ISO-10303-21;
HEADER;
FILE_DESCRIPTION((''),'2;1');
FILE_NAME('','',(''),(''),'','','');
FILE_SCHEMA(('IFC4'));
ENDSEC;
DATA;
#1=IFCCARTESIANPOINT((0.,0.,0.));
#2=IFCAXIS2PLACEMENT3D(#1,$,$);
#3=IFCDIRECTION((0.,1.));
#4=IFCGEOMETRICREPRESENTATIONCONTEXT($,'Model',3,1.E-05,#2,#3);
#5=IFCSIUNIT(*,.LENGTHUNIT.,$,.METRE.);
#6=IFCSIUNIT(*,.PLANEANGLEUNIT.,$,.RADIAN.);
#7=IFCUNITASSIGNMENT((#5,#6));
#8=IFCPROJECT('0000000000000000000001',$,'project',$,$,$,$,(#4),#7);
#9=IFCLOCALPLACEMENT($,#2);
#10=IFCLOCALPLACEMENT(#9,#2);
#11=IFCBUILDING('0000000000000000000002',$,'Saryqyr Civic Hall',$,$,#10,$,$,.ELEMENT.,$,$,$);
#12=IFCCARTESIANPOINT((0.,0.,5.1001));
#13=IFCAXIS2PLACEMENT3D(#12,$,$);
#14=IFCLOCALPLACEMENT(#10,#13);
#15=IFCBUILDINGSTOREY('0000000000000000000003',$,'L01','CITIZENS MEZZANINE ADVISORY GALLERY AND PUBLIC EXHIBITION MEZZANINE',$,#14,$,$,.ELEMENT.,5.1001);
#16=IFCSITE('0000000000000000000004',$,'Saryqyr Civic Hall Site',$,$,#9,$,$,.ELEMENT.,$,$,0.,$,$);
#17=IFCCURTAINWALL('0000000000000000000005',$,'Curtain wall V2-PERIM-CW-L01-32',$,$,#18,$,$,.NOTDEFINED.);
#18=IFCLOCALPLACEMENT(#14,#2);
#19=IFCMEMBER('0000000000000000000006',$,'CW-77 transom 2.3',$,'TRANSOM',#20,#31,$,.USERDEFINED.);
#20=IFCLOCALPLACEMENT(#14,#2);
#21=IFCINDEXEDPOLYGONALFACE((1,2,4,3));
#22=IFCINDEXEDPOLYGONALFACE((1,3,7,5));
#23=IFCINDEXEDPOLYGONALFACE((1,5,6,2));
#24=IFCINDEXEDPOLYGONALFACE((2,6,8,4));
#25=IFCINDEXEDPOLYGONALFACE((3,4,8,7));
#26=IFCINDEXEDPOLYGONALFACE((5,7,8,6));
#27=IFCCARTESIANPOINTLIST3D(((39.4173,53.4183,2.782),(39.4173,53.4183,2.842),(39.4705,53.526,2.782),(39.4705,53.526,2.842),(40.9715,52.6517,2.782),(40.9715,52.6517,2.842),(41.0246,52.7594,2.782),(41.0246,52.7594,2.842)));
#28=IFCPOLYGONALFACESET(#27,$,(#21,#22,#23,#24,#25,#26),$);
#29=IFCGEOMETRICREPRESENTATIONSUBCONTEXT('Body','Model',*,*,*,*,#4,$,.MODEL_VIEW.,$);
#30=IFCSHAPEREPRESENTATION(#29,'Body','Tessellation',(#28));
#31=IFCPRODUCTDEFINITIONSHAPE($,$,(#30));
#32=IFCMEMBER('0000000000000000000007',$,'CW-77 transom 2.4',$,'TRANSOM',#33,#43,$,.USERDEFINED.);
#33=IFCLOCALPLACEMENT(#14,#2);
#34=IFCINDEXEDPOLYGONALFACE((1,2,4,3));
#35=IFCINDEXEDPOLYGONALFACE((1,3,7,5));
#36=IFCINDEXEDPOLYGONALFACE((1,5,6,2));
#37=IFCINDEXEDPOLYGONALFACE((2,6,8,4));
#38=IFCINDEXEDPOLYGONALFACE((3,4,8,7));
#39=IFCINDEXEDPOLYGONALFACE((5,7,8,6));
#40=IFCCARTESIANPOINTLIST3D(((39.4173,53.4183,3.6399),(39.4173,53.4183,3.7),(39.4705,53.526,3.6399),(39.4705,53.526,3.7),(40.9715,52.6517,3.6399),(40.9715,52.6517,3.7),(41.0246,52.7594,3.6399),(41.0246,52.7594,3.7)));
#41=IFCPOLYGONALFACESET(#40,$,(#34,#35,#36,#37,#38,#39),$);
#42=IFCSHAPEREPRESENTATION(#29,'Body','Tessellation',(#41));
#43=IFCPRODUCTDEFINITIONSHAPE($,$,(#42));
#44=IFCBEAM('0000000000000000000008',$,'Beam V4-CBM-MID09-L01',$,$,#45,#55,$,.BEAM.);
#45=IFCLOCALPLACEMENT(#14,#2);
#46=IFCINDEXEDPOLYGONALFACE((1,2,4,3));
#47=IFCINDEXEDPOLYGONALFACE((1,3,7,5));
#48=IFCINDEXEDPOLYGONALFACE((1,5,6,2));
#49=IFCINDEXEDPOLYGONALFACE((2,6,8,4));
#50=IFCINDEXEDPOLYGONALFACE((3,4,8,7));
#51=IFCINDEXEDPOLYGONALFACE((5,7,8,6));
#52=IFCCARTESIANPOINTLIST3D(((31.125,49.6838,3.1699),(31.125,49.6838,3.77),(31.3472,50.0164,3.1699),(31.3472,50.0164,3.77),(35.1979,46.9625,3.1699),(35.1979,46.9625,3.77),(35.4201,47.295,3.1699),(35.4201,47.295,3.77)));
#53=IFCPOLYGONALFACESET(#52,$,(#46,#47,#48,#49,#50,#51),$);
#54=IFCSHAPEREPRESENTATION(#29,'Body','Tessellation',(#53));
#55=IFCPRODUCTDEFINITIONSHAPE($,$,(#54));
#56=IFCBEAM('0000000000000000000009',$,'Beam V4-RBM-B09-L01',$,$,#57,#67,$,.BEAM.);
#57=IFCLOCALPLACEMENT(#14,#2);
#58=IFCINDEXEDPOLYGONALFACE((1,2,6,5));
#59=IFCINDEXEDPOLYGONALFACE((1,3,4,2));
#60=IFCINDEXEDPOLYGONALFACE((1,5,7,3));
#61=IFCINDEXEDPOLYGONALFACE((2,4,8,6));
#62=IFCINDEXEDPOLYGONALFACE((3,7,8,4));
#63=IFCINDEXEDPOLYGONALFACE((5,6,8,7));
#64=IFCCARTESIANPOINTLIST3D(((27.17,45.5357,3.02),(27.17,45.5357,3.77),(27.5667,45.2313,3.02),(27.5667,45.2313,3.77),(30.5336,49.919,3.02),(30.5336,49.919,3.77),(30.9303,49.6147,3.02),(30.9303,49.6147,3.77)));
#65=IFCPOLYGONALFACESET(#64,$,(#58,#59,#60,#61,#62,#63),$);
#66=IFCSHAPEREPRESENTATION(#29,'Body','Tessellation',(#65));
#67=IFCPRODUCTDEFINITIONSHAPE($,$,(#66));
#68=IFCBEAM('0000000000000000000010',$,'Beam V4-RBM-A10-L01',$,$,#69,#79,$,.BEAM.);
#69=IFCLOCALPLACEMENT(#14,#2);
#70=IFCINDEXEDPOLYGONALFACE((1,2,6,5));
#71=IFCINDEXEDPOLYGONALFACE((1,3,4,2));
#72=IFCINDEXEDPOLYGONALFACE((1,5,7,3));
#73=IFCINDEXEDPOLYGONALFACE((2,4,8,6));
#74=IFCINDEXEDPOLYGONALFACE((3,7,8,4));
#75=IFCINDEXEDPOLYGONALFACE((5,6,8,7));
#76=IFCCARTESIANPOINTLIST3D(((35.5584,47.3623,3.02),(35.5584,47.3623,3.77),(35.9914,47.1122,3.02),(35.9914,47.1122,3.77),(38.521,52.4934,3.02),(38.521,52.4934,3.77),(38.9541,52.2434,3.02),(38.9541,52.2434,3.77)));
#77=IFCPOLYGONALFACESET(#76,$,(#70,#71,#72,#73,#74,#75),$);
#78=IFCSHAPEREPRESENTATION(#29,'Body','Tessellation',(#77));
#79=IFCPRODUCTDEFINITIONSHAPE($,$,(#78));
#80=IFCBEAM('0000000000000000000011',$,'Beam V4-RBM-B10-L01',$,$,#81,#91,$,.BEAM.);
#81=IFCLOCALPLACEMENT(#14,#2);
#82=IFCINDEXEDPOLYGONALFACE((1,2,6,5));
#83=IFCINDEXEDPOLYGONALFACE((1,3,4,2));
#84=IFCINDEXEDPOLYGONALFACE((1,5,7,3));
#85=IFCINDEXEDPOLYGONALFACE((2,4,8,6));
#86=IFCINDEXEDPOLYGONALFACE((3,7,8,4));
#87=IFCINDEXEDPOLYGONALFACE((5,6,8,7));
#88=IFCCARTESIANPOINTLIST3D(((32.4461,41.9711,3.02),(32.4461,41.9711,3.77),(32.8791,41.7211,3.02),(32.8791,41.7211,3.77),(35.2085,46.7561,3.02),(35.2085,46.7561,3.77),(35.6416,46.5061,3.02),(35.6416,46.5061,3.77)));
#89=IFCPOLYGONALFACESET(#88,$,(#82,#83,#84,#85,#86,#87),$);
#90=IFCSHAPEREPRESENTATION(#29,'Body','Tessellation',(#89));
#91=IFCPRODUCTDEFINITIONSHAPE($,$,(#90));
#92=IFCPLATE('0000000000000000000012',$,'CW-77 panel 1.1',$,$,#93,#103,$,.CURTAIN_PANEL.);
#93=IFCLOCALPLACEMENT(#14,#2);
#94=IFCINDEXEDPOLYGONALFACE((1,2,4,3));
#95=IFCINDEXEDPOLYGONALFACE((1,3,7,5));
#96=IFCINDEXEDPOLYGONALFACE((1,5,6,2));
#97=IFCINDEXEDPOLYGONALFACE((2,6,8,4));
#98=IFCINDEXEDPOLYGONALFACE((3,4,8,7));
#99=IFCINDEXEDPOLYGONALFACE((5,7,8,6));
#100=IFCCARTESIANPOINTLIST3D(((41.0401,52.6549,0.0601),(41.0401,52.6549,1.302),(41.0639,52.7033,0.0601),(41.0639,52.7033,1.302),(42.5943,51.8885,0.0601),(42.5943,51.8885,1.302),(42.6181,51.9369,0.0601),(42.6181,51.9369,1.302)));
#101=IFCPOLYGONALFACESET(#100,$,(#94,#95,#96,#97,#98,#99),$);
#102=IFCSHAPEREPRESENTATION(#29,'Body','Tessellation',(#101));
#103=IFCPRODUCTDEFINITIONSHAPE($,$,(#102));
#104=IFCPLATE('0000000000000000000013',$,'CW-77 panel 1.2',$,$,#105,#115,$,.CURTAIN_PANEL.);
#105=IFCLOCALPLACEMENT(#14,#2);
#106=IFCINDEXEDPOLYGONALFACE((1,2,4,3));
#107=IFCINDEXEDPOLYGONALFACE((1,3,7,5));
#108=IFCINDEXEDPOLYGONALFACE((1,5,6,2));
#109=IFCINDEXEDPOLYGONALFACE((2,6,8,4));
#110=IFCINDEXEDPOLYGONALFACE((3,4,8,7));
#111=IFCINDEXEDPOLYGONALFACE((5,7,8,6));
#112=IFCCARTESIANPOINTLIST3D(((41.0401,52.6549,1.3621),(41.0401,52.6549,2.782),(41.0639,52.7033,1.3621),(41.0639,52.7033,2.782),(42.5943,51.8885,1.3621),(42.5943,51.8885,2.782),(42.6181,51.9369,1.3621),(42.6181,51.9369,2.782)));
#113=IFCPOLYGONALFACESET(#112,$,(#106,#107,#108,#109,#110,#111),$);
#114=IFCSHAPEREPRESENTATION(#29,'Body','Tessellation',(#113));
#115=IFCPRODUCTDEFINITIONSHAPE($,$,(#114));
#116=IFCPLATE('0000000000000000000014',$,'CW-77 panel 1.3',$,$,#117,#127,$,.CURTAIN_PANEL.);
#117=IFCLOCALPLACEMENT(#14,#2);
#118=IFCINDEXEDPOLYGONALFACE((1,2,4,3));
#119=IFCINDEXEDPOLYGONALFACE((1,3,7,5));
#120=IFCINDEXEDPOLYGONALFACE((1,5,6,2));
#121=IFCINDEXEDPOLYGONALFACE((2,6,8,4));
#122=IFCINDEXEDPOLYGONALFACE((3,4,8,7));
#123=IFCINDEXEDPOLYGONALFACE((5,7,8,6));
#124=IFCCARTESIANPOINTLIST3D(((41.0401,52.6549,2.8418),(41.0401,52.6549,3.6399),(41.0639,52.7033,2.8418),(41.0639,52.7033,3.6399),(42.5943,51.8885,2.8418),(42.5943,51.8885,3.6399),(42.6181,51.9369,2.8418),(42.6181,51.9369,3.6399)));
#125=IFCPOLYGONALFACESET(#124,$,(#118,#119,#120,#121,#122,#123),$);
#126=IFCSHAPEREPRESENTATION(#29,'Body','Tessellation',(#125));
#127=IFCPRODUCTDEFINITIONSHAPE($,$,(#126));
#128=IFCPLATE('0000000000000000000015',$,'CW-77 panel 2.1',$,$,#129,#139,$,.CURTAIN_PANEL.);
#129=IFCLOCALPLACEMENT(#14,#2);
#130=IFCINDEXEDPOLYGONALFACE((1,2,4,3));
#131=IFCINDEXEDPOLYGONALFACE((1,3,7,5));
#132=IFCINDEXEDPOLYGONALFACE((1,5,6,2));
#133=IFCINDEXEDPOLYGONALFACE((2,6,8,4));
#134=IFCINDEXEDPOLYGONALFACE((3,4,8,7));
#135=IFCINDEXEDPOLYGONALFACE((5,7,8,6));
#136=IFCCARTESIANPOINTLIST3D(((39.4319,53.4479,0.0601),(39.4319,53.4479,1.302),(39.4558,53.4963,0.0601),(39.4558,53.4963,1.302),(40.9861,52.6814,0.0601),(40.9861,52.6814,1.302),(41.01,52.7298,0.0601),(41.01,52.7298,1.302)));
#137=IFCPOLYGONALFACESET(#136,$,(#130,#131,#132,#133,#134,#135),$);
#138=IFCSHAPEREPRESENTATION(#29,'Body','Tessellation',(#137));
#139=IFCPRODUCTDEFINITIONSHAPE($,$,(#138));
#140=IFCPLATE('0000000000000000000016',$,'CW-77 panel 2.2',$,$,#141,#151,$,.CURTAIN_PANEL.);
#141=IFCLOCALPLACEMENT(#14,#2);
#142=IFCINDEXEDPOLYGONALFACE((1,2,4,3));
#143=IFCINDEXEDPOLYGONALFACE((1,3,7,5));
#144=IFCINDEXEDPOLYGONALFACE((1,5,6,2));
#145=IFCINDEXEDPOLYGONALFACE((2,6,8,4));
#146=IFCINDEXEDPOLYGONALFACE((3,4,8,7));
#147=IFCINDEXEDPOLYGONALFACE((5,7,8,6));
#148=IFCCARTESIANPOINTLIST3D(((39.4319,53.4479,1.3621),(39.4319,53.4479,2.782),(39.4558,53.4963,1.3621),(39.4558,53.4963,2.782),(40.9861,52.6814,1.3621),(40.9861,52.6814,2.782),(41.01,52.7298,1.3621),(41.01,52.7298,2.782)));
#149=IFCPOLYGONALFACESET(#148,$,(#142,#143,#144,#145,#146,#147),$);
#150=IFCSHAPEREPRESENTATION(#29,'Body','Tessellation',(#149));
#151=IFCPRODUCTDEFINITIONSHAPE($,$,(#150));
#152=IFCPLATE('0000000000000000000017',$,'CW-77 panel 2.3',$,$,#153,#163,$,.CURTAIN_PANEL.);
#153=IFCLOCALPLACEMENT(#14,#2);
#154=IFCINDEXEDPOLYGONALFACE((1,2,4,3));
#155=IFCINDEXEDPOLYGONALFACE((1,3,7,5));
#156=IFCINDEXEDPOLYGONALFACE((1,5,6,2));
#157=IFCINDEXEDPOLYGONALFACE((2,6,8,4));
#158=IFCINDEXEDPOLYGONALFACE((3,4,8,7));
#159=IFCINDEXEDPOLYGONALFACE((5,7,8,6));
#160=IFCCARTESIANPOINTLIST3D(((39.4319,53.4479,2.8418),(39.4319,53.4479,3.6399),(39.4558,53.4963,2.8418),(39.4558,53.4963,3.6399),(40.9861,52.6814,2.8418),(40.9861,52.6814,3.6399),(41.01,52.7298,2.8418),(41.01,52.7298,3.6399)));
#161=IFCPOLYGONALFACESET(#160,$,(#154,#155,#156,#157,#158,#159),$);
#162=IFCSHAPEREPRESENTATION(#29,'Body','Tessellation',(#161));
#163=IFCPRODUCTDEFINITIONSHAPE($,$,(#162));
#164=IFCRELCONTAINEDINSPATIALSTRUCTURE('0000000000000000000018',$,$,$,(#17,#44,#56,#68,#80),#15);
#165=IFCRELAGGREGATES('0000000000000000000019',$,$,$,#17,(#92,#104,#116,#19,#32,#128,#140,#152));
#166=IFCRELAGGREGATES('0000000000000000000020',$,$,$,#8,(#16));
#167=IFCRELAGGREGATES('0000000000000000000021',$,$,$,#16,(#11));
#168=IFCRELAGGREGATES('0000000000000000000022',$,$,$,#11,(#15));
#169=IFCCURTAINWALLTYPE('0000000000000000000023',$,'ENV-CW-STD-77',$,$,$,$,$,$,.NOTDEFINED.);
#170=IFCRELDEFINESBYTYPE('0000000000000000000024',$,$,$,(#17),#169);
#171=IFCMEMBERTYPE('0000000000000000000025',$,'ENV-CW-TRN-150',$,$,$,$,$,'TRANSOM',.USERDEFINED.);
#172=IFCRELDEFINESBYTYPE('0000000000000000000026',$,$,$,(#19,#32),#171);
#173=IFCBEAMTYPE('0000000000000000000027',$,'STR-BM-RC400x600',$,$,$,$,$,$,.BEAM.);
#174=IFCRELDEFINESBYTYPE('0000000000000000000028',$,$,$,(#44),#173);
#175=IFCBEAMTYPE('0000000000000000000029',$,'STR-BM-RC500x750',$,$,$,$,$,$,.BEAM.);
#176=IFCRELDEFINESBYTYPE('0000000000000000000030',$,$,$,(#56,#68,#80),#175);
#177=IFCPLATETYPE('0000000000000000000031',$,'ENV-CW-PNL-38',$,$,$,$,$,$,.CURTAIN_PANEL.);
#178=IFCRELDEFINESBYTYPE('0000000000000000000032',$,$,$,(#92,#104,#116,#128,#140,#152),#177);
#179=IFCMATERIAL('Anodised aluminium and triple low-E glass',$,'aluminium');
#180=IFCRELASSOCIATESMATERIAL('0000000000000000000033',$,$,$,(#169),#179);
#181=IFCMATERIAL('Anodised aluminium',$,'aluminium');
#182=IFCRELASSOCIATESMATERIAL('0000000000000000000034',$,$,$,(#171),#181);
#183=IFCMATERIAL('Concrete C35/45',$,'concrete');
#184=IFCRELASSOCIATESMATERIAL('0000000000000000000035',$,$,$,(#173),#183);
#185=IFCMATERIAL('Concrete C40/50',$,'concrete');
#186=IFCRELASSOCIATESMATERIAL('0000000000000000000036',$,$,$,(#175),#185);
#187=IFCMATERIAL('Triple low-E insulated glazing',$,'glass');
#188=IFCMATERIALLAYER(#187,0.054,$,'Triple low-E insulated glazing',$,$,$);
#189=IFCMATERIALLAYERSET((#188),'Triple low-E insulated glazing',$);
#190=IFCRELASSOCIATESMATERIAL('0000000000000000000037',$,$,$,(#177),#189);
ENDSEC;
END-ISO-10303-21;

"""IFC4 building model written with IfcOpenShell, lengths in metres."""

from ifc_helpers import new_model, si_unit, direction, frame, origin, origin_2d, place, context, subcontext, project, spatial, rectangle, extrude, material, layer, layer_set, material_profile, profile_set, type_object, element, aggregate, save


model = new_model("IFC4")

# Units and contexts
model_context = context("Model", 3, precision=1e-05, world=origin(), true_north=direction((0.0, 1.0)))
body_context = subcontext(model_context, "Body", "Model", "MODEL_VIEW")
ifc_project = project(units=[si_unit("LENGTHUNIT", "METRE"), si_unit("PLANEANGLEUNIT", "RADIAN")], contexts=[model_context])

# Site, building, storey
site_placement = place(None, origin())
site = spatial("IfcSite", under=ifc_project, at=site_placement, Name="Saryqyr Civic Hall Site", CompositionType="ELEMENT", RefElevation=0.0)
building_placement = place(site_placement, origin())
building = spatial("IfcBuilding", under=site, at=building_placement, Name="Saryqyr Civic Hall", CompositionType="ELEMENT")
storey_placement = place(building_placement, frame((0.0, 0.0, 5.1001)))
storey = spatial("IfcBuildingStorey", under=building, at=storey_placement, Name="L01", Description="CITIZENS MEZZANINE ADVISORY GALLERY AND PUBLIC EXHIBITION MEZZANINE", CompositionType="ELEMENT", Elevation=5.1001)

# Shared definitions
ifc_material_1 = material(Name="Concrete C40/50", Category="concrete")
ifc_material_2 = material(Name="Concrete C35/45", Category="concrete")

# Shared definitions
ifc_material_3 = material(Name="Anodised aluminium and triple low-E glass", Category="aluminium")
ifc_material_4 = material(Name="Anodised aluminium", Category="aluminium")

# Curtain wall, members
curtain_wall_type_1 = type_object("IfcCurtainWallType", Name="ENV-CW-STD-77", PredefinedType="NOTDEFINED", material=ifc_material_3)
curtain_wall_1_placement = place(storey_placement, origin())
curtain_wall_1 = element("IfcCurtainWall", 1, at=curtain_wall_1_placement, inside=storey, type_object=curtain_wall_type_1, Name="Curtain wall V2-PERIM-CW-L01-32", PredefinedType="NOTDEFINED")
ifc_material_profile_1 = material_profile(ifc_material_4, rectangle(XDim=0.1201, YDim=0.0601, at=origin_2d()), Name="ALU TRANSOM 120x60")
ifc_profile_set_1 = profile_set([ifc_material_profile_1], Name="Anodised aluminium")
member_type_1 = type_object("IfcMemberType", Name="ENV-CW-TRN-150", ElementType="TRANSOM", PredefinedType="USERDEFINED", material=ifc_profile_set_1)
member_1_placement = place(storey_placement, frame((40.998, 52.7056, 2.812), z_axis=(-0.896837, 0.442361, 0.0), x_axis=(-0.442361, -0.896837, 0.0)))
member_1 = element("IfcMember", 2, at=member_1_placement, type_object=member_type_1, Name="CW-77 transom 2.3", ObjectType="TRANSOM", PredefinedType="USERDEFINED", context=body_context, shape_type="SweptSolid", body=[
    extrude(rectangle(XDim=0.1201, YDim=0.0601, at=origin_2d()), origin(), (0.0, 0.0, 1.0), 1.7329),
])
member_2_placement = place(storey_placement, frame((40.998, 52.7056, 3.6699), z_axis=(-0.896837, 0.442361, 0.0), x_axis=(-0.442361, -0.896837, 0.0)))
member_2 = element("IfcMember", 3, at=member_2_placement, type_object=member_type_1, Name="CW-77 transom 2.4", ObjectType="TRANSOM", PredefinedType="USERDEFINED", context=body_context, shape_type="SweptSolid", body=[
    extrude(rectangle(XDim=0.1201, YDim=0.0601, at=origin_2d()), origin(), (0.0, 0.0, 1.0), 1.7329),
])

# Beams
ifc_material_profile_2 = material_profile(ifc_material_2, rectangle(XDim=0.3999, YDim=0.6001, at=origin_2d()), Name="RC 400x600")
ifc_profile_set_2 = profile_set([ifc_material_profile_2], Name="Concrete C35/45")
beam_type_1 = type_object("IfcBeamType", Name="STR-BM-RC400x600", PredefinedType="BEAM", material=ifc_profile_set_2)
beam_1_placement = place(storey_placement, frame((31.2361, 49.8501, 3.47), z_axis=(0.831475, -0.555563, 0.0), x_axis=(0.555563, 0.831475, 0.0)))
element("IfcBeam", 4, at=beam_1_placement, inside=storey, type_object=beam_type_1, Name="Beam V4-CBM-MID09-L01", PredefinedType="BEAM", context=body_context, shape_type="SweptSolid", body=[
    extrude(rectangle(XDim=0.3999, YDim=0.6001, at=origin_2d()), origin(), (0.0, 0.0, 1.0), 4.8984),
])
ifc_material_profile_3 = material_profile(ifc_material_1, rectangle(XDim=0.5, YDim=0.75, at=origin_2d()), Name="RC 500x750")
ifc_profile_set_3 = profile_set([ifc_material_profile_3], Name="Concrete C40/50")
beam_type_2 = type_object("IfcBeamType", Name="STR-BM-RC500x750", PredefinedType="BEAM", material=ifc_profile_set_3)
beam_2_placement = place(storey_placement, frame((30.7319, 49.7668, 3.395), z_axis=(-0.608773, -0.793345, 0.0), x_axis=(0.793345, -0.608773, 0.0)))
element("IfcBeam", 5, at=beam_2_placement, inside=storey, type_object=beam_type_2, Name="Beam V4-RBM-B09-L01", PredefinedType="BEAM", context=body_context, shape_type="SweptSolid", body=[
    extrude(rectangle(XDim=0.5, YDim=0.75, at=origin_2d()), origin(), (0.0, 0.0, 1.0), 5.5251),
])
beam_3_placement = place(storey_placement, frame((38.7375, 52.3684, 3.395), z_axis=(-0.500026, -0.866011, 0.0), x_axis=(0.866011, -0.500026, 0.0)))
element("IfcBeam", 6, at=beam_3_placement, inside=storey, type_object=beam_type_2, Name="Beam V4-RBM-A10-L01", PredefinedType="BEAM", context=body_context, shape_type="SweptSolid", body=[
    extrude(rectangle(XDim=0.5, YDim=0.75, at=origin_2d()), origin(), (0.0, 0.0, 1.0), 5.925),
])
beam_4_placement = place(storey_placement, frame((35.425, 46.6311, 3.395), z_axis=(-0.499984, -0.866035, 0.0), x_axis=(0.866035, -0.499984, 0.0)))
element("IfcBeam", 7, at=beam_4_placement, inside=storey, type_object=beam_type_2, Name="Beam V4-RBM-B10-L01", PredefinedType="BEAM", context=body_context, shape_type="SweptSolid", body=[
    extrude(rectangle(XDim=0.5, YDim=0.75, at=origin_2d()), origin(), (0.0, 0.0, 1.0), 5.5251),
])

# Plates
ifc_material_5 = material(Name="Triple low-E insulated glazing", Category="glass")
ifc_layer_1 = layer(ifc_material_5, 0.054, Name="Triple low-E insulated glazing")
ifc_layer_set_1 = layer_set([ifc_layer_1], Name="Triple low-E insulated glazing")
plate_type = type_object("IfcPlateType", Name="ENV-CW-PNL-38", PredefinedType="CURTAIN_PANEL", material=ifc_layer_set_1)
plate_1_placement = place(storey_placement, frame((41.8291, 52.2959, 0.0601), z_axis=(0.0, 0.0, 1.0), x_axis=(-0.896871, 0.442292, 0.0)))
plate_1 = element("IfcPlate", 8, at=plate_1_placement, type_object=plate_type, Name="CW-77 panel 1.1", PredefinedType="CURTAIN_PANEL", context=body_context, shape_type="SweptSolid", body=[
    extrude(rectangle(XDim=1.7329, YDim=0.054, at=origin_2d()), origin(), (0.0, 0.0, 1.0), 1.2419),
])
plate_2_placement = place(storey_placement, frame((41.8291, 52.2959, 1.3621), z_axis=(0.0, 0.0, 1.0), x_axis=(-0.896871, 0.442292, 0.0)))
plate_2 = element("IfcPlate", 9, at=plate_2_placement, type_object=plate_type, Name="CW-77 panel 1.2", PredefinedType="CURTAIN_PANEL", context=body_context, shape_type="SweptSolid", body=[
    extrude(rectangle(XDim=1.7329, YDim=0.054, at=origin_2d()), origin(), (0.0, 0.0, 1.0), 1.4199),
])
plate_3_placement = place(storey_placement, frame((41.8291, 52.2959, 2.8418), z_axis=(0.0, 0.0, 1.0), x_axis=(-0.896871, 0.442292, 0.0)))
plate_3 = element("IfcPlate", 10, at=plate_3_placement, type_object=plate_type, Name="CW-77 panel 1.3", PredefinedType="CURTAIN_PANEL", context=body_context, shape_type="SweptSolid", body=[
    extrude(rectangle(XDim=1.7329, YDim=0.054, at=origin_2d()), origin(), (0.0, 0.0, 1.0), 0.7981),
])
plate_4_placement = place(storey_placement, frame((40.2209, 53.0889, 0.0601), z_axis=(0.0, 0.0, 1.0), x_axis=(-0.896871, 0.442292, 0.0)))
plate_4 = element("IfcPlate", 11, at=plate_4_placement, type_object=plate_type, Name="CW-77 panel 2.1", PredefinedType="CURTAIN_PANEL", context=body_context, shape_type="SweptSolid", body=[
    extrude(rectangle(XDim=1.7329, YDim=0.054, at=origin_2d()), origin(), (0.0, 0.0, 1.0), 1.2419),
])
plate_5_placement = place(storey_placement, frame((40.2209, 53.0889, 1.3621), z_axis=(0.0, 0.0, 1.0), x_axis=(-0.896871, 0.442292, 0.0)))
plate_5 = element("IfcPlate", 12, at=plate_5_placement, type_object=plate_type, Name="CW-77 panel 2.2", PredefinedType="CURTAIN_PANEL", context=body_context, shape_type="SweptSolid", body=[
    extrude(rectangle(XDim=1.7329, YDim=0.054, at=origin_2d()), origin(), (0.0, 0.0, 1.0), 1.4199),
])
plate_6_placement = place(storey_placement, frame((40.2209, 53.0889, 2.8418), z_axis=(0.0, 0.0, 1.0), x_axis=(-0.896871, 0.442292, 0.0)))
plate_6 = element("IfcPlate", 13, at=plate_6_placement, type_object=plate_type, Name="CW-77 panel 2.3", PredefinedType="CURTAIN_PANEL", context=body_context, shape_type="SweptSolid", body=[
    extrude(rectangle(XDim=1.7329, YDim=0.054, at=origin_2d()), origin(), (0.0, 0.0, 1.0), 0.7981),
])
aggregate(curtain_wall_1, [plate_1, plate_2, plate_3, member_1, member_2, plate_4, plate_5, plate_6])

save(model, "model.ifc")
